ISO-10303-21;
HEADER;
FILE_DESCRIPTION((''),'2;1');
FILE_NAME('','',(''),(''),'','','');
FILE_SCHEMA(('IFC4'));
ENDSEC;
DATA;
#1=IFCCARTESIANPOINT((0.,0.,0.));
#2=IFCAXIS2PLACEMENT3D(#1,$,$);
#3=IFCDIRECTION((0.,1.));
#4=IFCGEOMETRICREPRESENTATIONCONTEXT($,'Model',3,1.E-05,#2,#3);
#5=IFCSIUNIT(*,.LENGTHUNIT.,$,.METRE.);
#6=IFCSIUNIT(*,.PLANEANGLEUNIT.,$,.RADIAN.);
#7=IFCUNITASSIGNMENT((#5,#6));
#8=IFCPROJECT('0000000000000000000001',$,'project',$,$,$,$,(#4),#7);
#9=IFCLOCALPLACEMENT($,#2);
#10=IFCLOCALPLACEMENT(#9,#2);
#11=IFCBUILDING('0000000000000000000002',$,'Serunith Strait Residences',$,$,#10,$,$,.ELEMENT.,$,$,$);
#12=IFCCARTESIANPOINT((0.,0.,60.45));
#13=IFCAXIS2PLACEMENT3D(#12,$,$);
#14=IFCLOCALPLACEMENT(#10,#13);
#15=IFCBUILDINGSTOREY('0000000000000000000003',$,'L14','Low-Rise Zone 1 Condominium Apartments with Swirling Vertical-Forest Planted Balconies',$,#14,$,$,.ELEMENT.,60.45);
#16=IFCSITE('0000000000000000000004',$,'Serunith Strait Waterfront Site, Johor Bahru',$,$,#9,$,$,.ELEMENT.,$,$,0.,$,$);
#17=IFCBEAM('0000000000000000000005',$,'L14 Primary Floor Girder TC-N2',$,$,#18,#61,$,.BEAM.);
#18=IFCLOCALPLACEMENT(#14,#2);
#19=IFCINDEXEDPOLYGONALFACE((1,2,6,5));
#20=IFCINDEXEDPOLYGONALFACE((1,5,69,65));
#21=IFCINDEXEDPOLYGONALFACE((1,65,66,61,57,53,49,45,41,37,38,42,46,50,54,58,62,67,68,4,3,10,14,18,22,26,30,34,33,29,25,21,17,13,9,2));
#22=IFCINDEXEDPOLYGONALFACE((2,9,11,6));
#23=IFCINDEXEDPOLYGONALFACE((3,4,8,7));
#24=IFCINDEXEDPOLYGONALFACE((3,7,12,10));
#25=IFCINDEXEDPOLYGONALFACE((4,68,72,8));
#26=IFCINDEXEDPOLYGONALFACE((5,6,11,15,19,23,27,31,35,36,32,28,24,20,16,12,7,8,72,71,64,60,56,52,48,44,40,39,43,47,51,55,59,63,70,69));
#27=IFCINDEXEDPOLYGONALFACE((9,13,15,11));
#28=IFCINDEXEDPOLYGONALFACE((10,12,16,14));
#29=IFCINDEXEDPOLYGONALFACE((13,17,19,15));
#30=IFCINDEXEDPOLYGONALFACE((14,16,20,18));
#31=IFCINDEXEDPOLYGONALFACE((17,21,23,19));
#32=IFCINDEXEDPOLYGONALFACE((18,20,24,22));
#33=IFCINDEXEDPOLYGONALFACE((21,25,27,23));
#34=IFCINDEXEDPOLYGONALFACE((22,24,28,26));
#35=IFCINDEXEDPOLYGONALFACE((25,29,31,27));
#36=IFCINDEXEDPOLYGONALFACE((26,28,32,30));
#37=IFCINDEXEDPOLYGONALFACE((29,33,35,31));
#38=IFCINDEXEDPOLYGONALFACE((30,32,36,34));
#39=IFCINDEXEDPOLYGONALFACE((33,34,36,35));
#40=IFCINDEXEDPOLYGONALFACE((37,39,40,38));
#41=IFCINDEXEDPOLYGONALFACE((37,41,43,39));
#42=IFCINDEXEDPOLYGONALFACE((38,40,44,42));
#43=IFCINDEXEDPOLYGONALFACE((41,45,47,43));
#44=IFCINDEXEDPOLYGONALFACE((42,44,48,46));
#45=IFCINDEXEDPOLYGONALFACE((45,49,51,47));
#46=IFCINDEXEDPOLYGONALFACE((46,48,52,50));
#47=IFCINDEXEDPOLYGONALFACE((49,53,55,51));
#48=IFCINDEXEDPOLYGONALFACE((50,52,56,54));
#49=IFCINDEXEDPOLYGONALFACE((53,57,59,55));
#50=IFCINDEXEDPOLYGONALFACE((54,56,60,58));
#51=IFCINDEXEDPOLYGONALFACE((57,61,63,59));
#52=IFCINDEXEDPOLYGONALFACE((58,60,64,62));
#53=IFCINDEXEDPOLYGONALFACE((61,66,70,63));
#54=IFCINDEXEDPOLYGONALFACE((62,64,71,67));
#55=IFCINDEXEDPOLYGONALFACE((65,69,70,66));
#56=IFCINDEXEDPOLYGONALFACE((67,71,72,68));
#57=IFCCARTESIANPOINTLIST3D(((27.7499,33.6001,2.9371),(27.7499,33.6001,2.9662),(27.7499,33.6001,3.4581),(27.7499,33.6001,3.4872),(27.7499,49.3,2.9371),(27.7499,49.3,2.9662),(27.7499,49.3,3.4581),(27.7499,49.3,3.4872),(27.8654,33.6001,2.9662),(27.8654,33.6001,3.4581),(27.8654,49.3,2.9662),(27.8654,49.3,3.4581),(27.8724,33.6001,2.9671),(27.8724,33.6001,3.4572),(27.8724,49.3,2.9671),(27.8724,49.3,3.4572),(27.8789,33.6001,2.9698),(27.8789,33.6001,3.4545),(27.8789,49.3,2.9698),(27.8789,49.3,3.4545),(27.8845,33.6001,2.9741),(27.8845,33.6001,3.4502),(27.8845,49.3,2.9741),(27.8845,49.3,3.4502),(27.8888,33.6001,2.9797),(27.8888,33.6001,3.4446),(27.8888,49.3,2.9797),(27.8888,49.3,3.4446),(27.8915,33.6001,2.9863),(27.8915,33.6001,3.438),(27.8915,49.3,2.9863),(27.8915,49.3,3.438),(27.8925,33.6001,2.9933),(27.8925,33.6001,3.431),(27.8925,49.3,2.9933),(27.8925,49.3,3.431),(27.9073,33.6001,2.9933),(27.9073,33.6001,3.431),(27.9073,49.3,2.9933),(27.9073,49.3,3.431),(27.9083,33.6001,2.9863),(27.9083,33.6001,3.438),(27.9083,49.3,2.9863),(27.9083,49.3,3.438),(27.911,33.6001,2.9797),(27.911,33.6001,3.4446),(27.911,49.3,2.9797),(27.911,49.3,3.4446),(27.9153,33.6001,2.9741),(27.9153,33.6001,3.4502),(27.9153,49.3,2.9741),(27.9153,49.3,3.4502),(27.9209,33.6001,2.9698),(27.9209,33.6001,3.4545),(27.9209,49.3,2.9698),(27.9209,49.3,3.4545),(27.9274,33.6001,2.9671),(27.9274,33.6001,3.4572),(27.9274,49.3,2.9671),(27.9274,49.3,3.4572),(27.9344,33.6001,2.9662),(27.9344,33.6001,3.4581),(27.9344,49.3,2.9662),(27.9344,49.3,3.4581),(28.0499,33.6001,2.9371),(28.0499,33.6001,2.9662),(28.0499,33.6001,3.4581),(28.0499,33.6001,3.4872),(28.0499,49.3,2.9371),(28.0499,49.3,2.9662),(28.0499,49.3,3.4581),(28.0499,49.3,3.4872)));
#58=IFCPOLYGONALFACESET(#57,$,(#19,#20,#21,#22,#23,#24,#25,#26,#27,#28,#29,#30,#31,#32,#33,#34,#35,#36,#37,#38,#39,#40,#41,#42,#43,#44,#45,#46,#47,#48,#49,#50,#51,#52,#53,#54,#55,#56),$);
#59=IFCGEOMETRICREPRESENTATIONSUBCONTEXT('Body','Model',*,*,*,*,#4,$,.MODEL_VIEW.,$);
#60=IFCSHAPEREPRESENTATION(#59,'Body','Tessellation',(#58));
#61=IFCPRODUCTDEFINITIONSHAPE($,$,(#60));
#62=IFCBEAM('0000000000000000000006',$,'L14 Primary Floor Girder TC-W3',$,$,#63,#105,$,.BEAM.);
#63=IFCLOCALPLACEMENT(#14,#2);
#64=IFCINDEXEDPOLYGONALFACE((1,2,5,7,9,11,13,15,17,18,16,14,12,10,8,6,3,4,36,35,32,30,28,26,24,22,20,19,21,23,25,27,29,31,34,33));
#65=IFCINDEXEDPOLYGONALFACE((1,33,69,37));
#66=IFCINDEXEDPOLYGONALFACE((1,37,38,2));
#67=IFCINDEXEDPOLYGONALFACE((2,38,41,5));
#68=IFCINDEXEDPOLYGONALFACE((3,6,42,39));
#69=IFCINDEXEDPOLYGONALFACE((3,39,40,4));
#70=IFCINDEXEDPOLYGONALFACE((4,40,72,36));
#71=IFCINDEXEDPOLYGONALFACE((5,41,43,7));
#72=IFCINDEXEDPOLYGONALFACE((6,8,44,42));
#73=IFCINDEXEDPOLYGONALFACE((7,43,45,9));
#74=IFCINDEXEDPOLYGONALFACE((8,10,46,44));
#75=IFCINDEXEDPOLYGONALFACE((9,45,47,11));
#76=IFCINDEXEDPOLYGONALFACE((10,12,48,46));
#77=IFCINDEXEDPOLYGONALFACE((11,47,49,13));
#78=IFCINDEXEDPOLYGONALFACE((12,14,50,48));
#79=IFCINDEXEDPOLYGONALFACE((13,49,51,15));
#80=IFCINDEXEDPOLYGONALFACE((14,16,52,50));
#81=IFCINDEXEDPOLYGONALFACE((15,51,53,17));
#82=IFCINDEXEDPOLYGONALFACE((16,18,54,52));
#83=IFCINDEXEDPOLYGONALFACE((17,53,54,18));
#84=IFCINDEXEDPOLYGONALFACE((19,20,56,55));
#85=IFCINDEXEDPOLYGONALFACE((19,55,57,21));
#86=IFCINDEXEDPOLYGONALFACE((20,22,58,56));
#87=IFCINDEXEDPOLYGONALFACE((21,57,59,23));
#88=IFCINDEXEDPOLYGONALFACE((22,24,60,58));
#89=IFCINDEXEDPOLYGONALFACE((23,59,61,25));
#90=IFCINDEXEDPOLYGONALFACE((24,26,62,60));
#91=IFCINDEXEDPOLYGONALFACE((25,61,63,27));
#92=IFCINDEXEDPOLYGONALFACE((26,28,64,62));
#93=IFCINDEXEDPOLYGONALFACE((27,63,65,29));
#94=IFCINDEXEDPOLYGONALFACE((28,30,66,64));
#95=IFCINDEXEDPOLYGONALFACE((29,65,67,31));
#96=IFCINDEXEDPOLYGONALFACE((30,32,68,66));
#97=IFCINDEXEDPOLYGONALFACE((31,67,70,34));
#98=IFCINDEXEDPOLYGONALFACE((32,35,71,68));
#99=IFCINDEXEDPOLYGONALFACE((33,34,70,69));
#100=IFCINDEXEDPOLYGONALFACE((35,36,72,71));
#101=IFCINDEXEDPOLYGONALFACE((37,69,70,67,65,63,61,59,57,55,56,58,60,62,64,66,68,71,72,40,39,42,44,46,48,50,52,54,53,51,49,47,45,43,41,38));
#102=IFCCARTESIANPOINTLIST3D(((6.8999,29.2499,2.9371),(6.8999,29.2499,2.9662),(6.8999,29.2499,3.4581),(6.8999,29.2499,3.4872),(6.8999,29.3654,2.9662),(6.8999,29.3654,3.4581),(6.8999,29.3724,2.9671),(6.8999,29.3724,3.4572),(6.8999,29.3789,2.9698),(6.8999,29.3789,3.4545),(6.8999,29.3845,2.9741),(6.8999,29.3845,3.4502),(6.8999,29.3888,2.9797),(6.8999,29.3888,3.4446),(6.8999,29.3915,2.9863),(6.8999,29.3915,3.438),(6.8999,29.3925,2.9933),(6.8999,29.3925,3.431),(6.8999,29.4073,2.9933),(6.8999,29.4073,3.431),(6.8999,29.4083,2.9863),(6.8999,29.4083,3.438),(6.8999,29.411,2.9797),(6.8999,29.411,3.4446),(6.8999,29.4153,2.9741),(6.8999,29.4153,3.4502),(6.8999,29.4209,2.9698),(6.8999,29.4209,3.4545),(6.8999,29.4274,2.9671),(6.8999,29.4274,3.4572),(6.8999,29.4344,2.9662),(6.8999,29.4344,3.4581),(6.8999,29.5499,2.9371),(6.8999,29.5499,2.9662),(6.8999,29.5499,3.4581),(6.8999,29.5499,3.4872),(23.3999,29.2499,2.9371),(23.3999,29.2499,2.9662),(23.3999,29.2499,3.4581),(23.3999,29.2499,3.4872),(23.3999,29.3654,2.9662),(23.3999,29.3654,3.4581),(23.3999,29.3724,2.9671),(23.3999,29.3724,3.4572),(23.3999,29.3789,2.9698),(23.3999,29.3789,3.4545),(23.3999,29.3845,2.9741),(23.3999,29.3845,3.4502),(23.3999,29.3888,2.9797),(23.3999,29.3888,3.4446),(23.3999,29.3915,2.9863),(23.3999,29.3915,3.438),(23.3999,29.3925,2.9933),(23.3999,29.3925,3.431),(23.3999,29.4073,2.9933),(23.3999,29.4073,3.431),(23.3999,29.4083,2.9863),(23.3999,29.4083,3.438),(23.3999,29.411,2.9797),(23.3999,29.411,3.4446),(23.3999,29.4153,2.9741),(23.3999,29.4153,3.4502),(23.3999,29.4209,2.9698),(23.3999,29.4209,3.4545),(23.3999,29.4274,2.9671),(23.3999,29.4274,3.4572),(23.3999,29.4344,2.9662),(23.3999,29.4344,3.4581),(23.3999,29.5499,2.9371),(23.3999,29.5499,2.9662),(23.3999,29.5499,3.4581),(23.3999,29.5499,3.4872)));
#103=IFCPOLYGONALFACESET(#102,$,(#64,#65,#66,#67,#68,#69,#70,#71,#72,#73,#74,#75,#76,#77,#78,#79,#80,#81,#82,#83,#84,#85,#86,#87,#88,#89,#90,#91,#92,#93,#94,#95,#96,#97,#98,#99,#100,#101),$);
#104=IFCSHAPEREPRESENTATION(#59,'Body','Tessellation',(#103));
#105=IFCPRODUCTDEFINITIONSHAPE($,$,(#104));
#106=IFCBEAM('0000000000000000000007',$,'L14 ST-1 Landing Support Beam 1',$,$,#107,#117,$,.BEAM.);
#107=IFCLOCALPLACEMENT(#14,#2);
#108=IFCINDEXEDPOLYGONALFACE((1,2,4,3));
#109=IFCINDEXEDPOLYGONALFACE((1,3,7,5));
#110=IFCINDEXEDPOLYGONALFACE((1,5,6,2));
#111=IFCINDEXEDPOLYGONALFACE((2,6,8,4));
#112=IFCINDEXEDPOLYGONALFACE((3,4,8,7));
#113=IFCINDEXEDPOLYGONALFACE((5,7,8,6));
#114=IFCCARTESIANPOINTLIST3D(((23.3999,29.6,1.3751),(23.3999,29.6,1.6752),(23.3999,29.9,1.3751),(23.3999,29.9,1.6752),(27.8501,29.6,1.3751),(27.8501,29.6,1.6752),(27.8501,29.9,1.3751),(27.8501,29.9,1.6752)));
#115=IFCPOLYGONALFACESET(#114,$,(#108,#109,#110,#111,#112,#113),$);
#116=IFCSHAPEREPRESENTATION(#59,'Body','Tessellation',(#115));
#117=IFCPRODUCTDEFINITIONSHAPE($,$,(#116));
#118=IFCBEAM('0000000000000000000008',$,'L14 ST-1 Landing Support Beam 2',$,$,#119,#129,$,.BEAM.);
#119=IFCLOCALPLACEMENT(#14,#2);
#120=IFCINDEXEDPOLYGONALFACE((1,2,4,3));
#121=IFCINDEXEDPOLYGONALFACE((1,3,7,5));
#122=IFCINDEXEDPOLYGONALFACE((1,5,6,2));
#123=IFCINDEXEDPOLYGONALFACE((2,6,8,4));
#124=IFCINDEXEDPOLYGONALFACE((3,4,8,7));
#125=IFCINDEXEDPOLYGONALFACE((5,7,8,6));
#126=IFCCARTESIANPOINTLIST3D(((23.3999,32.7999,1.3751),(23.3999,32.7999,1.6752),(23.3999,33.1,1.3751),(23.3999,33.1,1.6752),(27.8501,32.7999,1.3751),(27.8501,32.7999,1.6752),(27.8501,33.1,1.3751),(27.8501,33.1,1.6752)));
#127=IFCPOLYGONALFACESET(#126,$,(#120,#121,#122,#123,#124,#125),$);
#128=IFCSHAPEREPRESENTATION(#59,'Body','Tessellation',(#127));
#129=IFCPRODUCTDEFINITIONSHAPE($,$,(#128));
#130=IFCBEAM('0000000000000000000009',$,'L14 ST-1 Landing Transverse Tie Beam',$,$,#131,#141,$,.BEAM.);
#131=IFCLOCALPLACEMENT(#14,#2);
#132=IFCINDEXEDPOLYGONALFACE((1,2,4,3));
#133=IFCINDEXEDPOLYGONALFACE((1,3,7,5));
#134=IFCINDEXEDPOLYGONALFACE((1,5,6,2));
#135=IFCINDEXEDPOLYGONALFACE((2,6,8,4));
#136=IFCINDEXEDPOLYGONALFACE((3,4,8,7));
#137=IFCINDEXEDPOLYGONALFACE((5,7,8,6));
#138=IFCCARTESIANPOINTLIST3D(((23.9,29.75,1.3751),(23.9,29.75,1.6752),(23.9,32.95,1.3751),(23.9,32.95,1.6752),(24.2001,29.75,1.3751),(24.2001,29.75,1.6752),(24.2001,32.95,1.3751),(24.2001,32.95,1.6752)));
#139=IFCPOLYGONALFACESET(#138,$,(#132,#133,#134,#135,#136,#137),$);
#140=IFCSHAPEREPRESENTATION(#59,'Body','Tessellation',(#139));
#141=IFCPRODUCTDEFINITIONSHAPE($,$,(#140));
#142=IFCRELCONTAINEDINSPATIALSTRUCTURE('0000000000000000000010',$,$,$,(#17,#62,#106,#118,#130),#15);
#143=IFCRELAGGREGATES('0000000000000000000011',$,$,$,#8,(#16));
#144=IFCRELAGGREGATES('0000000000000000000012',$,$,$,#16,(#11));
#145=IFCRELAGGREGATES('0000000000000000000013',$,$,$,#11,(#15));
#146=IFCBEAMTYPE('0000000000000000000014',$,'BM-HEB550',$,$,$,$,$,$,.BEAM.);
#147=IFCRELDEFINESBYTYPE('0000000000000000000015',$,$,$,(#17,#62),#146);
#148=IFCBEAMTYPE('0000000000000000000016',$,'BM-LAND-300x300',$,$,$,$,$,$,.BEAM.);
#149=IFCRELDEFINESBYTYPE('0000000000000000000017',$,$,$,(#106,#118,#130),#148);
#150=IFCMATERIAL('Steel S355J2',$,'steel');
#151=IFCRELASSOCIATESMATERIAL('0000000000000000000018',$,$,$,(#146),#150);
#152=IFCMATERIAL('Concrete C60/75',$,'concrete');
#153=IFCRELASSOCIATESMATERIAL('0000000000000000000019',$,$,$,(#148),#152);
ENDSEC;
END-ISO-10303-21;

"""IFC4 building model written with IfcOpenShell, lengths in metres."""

from ifc_helpers import new_model, si_unit, direction, frame, origin, origin_2d, place, context, subcontext, project, spatial, rectangle, i_section, extrude, source, transform, mapped, material, material_profile, profile_set, type_object, element, save


model = new_model("IFC4")

# Units and contexts
model_context = context("Model", 3, precision=1e-05, world=origin(), true_north=direction((0.0, 1.0)))
body_context = subcontext(model_context, "Body", "Model", "MODEL_VIEW")
ifc_project = project(units=[si_unit("LENGTHUNIT", "METRE"), si_unit("PLANEANGLEUNIT", "RADIAN")], contexts=[model_context])

# Site, building, storey
site_placement = place(None, origin())
site = spatial("IfcSite", under=ifc_project, at=site_placement, Name="Serunith Strait Waterfront Site, Johor Bahru", CompositionType="ELEMENT", RefElevation=0.0)
building_placement = place(site_placement, origin())
building = spatial("IfcBuilding", under=site, at=building_placement, Name="Serunith Strait Residences", CompositionType="ELEMENT")
storey_placement = place(building_placement, frame((0.0, 0.0, 60.45)))
storey = spatial("IfcBuildingStorey", under=building, at=storey_placement, Name="L14", Description="Low-Rise Zone 1 Condominium Apartments with Swirling Vertical-Forest Planted Balconies", CompositionType="ELEMENT", Elevation=60.45)

# Beams
ifc_material_1 = material(Name="Steel S355J2", Category="steel")
ifc_material_profile_1 = material_profile(ifc_material_1, i_section(OverallWidth=0.3, OverallDepth=0.55, WebThickness=0.0149, FlangeThickness=0.0291, FilletRadius=0.0271, at=origin_2d()), Name="HEB 550")
ifc_profile_set_1 = profile_set([ifc_material_profile_1], Name="Steel S355J2")
beam_type_1 = type_object("IfcBeamType", Name="BM-HEB550", PredefinedType="BEAM", material=ifc_profile_set_1)
shared_shape_1 = source(origin(), body_context, "Body", "SweptSolid", [
    extrude(i_section(OverallWidth=0.3, OverallDepth=0.55, WebThickness=0.0149, FlangeThickness=0.0291, FilletRadius=0.0271, at=origin_2d()), origin(), (0.0, 0.0, 1.0), 15.7),
])
beam_1_placement = place(storey_placement, frame((27.8999, 33.6001, 3.2122), z_axis=(0.0, 1.0, 0.0), x_axis=(-1.0, 0.0, 0.0)))
element("IfcBeam", 1, at=beam_1_placement, inside=storey, type_object=beam_type_1, Name="L14 Primary Floor Girder TC-N2", PredefinedType="BEAM", context=body_context, shape_type="MappedRepresentation", body=[
    mapped(shared_shape_1, transform((0.0, 0.0, 0.0), scale=1.0)),
])
shared_shape_2 = source(origin(), body_context, "Body", "SweptSolid", [
    extrude(i_section(OverallWidth=0.3, OverallDepth=0.55, WebThickness=0.0149, FlangeThickness=0.0291, FilletRadius=0.0271, at=origin_2d()), origin(), (0.0, 0.0, 1.0), 16.5),
])
beam_2_placement = place(storey_placement, frame((23.3999, 29.3999, 3.2122), z_axis=(-1.0, 0.0, 0.0), x_axis=(0.0, -1.0, 0.0)))
element("IfcBeam", 2, at=beam_2_placement, inside=storey, type_object=beam_type_1, Name="L14 Primary Floor Girder TC-W3", PredefinedType="BEAM", context=body_context, shape_type="MappedRepresentation", body=[
    mapped(shared_shape_2, transform((0.0, 0.0, 0.0), scale=1.0)),
])
ifc_material_2 = material(Name="Concrete C60/75", Category="concrete")
ifc_material_profile_2 = material_profile(ifc_material_2, rectangle(XDim=0.3, YDim=0.3, at=origin_2d()), Name="RC 300x300")
ifc_profile_set_2 = profile_set([ifc_material_profile_2], Name="Concrete C60/75")
beam_type_2 = type_object("IfcBeamType", Name="BM-LAND-300x300", PredefinedType="BEAM", material=ifc_profile_set_2)
shared_shape_3 = source(origin(), body_context, "Body", "SweptSolid", [
    extrude(rectangle(XDim=0.3, YDim=0.3, at=origin_2d()), origin(), (0.0, 0.0, 1.0), 4.4502),
])
for number, where, z_axis, x_axis, name in (
    (3, (23.3999, 29.75, 1.5251), (1.0, 0.0, 0.0), (0.0, 1.0, 0.0), "L14 ST-1 Landing Support Beam 1"),
    (4, (23.3999, 32.95, 1.5251), (1.0, 0.0, 0.0), (0.0, 1.0, 0.0), "L14 ST-1 Landing Support Beam 2"),
):
    element("IfcBeam", number, at=place(storey_placement, frame(where, z_axis=z_axis, x_axis=x_axis)), inside=storey, type_object=beam_type_2, Name=name, PredefinedType="BEAM", context=body_context, shape_type="MappedRepresentation", body=[
        mapped(shared_shape_3, transform((0.0, 0.0, 0.0), scale=1.0)),
    ])
shared_shape_4 = source(origin(), body_context, "Body", "SweptSolid", [
    extrude(rectangle(XDim=0.3, YDim=0.3, at=origin_2d()), origin(), (0.0, 0.0, 1.0), 3.2),
])
beam_3_placement = place(storey_placement, frame((24.05, 29.75, 1.5251), z_axis=(0.0, 1.0, 0.0), x_axis=(-1.0, 0.0, 0.0)))
element("IfcBeam", 5, at=beam_3_placement, inside=storey, type_object=beam_type_2, Name="L14 ST-1 Landing Transverse Tie Beam", PredefinedType="BEAM", context=body_context, shape_type="MappedRepresentation", body=[
    mapped(shared_shape_4, transform((0.0, 0.0, 0.0), scale=1.0)),
])

save(model, "model.ifc")
